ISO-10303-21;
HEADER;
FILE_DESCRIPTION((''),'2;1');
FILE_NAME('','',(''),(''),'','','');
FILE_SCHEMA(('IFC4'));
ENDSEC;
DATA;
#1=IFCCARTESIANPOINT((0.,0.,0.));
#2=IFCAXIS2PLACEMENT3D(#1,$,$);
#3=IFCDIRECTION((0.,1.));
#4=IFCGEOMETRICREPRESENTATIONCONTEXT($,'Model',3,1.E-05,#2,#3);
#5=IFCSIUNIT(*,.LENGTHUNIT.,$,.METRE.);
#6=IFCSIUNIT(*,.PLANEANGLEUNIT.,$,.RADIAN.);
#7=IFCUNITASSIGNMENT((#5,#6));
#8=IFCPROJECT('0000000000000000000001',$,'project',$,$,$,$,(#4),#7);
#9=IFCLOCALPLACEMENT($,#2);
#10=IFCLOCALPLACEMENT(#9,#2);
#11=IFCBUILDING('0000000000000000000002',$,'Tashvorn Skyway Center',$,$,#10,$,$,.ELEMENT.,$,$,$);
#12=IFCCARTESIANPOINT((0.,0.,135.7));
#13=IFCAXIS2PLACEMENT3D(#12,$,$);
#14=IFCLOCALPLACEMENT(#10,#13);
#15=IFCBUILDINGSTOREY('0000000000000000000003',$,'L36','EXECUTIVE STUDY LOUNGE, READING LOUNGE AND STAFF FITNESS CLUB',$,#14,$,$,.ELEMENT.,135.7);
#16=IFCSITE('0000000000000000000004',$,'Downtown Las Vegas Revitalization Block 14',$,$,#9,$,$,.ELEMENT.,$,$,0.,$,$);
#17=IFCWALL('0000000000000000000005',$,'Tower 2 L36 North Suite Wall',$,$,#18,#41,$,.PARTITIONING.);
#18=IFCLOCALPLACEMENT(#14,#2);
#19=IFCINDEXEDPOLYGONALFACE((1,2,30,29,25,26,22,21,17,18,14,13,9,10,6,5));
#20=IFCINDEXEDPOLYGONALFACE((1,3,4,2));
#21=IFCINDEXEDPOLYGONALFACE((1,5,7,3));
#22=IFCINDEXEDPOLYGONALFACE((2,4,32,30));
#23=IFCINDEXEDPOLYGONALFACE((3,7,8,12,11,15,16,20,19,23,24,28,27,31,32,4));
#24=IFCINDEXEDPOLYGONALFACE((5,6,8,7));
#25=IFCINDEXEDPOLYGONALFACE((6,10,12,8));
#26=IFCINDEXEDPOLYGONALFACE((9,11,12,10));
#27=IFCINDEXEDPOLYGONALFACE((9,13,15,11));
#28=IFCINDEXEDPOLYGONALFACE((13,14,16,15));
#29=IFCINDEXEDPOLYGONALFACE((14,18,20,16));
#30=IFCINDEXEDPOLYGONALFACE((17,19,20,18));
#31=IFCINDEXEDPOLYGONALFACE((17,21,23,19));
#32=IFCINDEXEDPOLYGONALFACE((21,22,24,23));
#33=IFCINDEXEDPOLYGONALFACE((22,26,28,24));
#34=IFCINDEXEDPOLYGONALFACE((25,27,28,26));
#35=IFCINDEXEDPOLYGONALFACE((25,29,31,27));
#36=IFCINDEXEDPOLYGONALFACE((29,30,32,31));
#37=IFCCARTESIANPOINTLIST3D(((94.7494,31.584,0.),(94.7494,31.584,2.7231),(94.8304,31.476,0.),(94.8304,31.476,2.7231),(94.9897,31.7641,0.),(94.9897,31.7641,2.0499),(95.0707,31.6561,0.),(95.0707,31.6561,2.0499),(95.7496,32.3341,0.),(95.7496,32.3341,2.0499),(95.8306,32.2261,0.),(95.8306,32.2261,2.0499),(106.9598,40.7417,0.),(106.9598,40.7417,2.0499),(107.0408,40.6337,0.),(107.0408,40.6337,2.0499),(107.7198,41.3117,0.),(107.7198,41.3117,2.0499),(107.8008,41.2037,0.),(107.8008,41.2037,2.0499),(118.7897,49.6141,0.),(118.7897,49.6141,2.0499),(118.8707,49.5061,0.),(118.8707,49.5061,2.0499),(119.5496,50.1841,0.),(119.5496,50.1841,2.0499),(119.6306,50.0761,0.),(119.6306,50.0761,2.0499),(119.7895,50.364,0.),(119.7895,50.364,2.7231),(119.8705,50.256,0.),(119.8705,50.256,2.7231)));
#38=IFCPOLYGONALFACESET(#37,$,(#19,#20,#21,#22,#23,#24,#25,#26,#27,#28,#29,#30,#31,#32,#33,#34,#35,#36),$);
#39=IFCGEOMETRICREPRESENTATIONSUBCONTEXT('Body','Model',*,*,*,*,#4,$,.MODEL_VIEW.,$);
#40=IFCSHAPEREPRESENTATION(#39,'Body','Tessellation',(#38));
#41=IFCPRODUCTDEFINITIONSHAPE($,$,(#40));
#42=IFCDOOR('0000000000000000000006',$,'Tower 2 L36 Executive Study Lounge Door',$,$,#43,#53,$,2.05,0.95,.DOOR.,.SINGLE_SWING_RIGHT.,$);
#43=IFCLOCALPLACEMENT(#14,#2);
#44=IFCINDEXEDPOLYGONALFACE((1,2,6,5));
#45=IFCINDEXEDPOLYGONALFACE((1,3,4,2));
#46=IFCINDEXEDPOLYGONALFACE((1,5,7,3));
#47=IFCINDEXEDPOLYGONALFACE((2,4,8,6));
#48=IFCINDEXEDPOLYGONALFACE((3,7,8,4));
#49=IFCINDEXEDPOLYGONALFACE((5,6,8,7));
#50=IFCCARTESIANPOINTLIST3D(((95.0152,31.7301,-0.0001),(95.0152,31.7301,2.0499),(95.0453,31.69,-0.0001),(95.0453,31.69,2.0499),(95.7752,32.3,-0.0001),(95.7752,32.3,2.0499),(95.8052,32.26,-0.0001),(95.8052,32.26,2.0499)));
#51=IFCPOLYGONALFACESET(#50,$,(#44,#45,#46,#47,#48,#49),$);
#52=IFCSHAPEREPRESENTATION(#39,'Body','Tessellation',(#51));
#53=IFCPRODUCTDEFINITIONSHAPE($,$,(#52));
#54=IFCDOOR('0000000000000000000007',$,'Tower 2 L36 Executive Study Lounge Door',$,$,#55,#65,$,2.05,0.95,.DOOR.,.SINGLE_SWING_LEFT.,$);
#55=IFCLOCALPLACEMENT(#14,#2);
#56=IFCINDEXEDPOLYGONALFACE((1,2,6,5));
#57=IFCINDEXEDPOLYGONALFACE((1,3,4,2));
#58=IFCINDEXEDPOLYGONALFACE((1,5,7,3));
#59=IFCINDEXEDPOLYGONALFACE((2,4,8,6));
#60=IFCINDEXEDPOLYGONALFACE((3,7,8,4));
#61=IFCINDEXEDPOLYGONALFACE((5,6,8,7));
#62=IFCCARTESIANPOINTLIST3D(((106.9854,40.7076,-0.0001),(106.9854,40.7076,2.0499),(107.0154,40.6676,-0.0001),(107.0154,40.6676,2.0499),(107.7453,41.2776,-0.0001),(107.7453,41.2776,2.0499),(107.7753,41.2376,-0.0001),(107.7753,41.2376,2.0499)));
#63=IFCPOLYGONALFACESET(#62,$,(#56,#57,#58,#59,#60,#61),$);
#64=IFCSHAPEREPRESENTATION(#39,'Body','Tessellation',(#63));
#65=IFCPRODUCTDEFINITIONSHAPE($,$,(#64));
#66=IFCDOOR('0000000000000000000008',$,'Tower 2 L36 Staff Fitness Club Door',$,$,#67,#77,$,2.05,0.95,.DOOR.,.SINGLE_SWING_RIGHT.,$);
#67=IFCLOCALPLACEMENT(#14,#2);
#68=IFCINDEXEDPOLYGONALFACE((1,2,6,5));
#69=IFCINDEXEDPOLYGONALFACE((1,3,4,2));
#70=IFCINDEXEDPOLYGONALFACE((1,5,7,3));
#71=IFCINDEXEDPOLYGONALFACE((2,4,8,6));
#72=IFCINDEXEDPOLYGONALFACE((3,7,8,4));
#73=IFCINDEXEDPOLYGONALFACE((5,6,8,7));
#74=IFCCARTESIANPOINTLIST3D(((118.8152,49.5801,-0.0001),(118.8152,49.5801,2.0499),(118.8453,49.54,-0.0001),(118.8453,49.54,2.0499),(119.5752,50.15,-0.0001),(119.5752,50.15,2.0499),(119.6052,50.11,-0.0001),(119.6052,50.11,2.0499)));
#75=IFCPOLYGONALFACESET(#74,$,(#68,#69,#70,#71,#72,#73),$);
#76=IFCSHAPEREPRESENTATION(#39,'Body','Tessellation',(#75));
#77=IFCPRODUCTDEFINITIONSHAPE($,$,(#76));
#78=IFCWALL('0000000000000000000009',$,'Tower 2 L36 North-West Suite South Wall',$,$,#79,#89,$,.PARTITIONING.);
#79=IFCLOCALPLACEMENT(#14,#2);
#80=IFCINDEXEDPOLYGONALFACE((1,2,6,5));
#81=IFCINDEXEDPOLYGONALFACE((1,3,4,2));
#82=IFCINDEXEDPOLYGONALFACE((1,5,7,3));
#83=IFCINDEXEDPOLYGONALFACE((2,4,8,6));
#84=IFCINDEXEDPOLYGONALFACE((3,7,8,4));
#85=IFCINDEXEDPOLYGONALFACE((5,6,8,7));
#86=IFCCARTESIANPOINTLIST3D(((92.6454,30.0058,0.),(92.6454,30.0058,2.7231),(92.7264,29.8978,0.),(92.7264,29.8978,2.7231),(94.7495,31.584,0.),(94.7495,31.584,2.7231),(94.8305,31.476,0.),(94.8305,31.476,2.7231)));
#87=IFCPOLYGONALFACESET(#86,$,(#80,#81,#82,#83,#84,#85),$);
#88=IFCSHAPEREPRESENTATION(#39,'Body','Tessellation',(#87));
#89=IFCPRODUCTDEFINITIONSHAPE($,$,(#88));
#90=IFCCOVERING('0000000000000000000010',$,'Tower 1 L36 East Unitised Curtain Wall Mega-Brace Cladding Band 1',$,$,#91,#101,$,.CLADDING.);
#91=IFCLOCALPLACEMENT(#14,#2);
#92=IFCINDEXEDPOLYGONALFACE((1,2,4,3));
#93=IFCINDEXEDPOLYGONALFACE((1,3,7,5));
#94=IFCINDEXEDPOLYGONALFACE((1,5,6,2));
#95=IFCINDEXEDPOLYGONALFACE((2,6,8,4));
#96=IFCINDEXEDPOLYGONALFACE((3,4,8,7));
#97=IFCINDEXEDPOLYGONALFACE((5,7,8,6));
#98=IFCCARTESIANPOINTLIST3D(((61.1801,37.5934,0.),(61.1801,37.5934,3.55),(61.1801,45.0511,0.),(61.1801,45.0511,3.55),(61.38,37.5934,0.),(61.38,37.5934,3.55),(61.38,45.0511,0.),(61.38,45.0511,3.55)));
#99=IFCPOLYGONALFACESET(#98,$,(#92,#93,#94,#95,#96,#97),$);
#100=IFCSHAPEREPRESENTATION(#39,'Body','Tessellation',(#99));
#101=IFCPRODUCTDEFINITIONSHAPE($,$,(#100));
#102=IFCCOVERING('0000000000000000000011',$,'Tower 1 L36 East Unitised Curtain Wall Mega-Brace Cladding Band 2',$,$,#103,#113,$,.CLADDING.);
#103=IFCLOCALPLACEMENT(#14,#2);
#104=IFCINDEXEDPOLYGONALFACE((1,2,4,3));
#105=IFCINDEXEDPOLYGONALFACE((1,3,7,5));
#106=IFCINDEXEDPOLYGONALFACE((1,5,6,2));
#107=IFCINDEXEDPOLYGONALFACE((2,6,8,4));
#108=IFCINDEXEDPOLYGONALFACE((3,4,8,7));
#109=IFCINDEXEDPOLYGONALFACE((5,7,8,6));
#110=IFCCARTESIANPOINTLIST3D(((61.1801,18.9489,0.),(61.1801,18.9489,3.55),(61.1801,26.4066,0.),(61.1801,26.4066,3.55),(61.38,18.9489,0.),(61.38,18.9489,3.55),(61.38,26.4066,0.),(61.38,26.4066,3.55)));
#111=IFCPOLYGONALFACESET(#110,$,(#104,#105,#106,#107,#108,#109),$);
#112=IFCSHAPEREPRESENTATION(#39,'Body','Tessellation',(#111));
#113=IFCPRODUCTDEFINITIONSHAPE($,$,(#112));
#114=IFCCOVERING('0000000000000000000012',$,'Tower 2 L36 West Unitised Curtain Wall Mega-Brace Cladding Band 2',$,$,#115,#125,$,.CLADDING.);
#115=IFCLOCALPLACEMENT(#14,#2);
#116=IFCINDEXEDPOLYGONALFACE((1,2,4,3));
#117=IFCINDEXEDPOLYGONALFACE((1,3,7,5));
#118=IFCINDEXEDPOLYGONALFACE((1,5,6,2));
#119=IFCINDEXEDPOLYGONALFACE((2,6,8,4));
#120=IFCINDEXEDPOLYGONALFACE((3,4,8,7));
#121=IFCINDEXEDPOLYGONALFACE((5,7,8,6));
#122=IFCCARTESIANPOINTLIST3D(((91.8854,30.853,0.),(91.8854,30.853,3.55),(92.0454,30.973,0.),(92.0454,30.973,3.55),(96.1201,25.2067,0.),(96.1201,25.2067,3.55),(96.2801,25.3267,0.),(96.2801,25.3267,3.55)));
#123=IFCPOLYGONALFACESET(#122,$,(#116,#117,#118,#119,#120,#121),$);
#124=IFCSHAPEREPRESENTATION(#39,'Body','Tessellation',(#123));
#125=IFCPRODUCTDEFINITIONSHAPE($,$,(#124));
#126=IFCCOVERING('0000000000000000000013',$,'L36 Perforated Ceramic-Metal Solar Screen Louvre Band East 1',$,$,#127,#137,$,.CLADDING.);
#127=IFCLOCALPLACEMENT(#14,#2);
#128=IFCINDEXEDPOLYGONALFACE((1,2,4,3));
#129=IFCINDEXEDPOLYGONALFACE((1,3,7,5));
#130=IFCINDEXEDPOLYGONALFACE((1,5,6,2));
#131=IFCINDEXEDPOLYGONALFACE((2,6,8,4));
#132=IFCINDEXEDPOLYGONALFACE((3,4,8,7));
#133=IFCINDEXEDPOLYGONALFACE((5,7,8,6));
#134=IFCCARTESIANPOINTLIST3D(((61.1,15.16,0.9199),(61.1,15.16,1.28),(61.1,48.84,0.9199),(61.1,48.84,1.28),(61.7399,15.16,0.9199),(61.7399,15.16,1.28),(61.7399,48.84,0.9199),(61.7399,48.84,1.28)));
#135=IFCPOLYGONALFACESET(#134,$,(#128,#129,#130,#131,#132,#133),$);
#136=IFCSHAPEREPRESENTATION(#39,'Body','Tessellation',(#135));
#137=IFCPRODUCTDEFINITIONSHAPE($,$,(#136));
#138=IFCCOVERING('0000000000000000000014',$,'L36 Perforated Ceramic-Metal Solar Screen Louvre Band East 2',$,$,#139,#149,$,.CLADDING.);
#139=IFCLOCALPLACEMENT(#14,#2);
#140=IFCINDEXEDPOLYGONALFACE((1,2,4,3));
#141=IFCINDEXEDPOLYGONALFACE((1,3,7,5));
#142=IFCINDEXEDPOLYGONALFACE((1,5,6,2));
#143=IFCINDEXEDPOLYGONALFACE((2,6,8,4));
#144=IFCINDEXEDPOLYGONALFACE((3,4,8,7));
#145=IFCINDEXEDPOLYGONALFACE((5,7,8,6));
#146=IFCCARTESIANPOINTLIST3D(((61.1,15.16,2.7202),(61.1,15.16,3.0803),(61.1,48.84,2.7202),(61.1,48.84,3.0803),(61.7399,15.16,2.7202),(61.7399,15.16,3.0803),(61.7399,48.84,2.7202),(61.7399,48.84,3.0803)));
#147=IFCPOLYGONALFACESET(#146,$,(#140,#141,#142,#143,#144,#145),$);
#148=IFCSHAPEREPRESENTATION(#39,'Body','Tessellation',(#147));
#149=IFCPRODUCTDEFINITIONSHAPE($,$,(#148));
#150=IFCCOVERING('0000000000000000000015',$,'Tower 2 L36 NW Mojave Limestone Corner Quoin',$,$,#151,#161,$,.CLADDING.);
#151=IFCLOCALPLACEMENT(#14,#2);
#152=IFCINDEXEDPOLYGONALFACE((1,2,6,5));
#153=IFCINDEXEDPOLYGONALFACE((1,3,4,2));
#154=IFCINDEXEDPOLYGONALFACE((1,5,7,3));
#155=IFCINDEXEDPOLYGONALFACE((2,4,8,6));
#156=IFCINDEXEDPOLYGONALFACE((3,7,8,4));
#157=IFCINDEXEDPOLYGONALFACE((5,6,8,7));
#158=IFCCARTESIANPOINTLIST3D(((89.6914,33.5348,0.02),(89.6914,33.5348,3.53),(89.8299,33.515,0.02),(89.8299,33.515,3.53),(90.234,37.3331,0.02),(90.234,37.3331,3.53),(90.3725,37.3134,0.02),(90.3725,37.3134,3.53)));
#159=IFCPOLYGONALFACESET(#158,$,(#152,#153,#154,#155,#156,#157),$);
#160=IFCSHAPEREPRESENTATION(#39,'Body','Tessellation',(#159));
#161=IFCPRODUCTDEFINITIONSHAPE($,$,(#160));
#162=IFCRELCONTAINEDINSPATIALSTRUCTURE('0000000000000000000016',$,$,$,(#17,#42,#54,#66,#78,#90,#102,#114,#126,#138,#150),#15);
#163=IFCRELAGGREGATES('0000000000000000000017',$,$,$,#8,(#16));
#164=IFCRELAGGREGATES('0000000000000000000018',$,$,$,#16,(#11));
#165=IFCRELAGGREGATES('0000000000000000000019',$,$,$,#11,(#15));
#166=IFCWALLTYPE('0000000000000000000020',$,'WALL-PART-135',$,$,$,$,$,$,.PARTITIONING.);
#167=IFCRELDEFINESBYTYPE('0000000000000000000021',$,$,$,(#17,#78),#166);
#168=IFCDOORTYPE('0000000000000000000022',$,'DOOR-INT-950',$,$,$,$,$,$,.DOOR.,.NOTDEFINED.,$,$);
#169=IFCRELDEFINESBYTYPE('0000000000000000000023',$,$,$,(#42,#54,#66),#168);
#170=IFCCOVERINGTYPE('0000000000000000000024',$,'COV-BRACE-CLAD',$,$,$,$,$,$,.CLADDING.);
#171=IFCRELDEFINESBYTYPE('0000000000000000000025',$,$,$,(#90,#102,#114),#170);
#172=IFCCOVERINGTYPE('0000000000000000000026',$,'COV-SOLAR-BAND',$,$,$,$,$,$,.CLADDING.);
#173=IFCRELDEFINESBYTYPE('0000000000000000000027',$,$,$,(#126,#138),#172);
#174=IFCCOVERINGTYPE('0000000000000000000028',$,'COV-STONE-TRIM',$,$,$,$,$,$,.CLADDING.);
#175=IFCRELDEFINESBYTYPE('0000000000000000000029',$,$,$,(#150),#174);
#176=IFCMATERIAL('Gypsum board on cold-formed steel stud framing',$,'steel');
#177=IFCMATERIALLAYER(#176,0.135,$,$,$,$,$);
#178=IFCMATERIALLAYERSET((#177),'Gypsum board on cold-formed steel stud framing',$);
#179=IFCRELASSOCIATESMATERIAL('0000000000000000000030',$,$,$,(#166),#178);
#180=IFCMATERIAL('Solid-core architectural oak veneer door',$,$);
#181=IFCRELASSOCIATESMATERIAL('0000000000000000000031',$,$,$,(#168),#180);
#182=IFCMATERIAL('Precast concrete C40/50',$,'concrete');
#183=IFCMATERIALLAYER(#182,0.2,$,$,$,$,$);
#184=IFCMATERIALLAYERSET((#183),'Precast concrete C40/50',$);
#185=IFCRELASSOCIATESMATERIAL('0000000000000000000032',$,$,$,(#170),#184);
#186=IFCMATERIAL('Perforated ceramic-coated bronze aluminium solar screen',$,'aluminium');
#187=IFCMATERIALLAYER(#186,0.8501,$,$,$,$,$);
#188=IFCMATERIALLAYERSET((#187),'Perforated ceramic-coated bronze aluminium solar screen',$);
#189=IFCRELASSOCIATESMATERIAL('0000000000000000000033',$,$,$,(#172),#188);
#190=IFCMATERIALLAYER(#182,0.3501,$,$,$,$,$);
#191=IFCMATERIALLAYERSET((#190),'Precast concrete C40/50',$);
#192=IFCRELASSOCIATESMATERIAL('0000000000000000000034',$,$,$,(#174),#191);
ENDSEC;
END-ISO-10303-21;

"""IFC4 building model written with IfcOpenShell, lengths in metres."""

from ifc_helpers import new_model, si_unit, direction, frame, frame_2d, origin, origin_2d, place, context, subcontext, project, spatial, rectangle, extrude, material, layer, layer_set, type_object, element, fill, save


model = new_model("IFC4")

# Units and contexts
model_context = context("Model", 3, precision=1e-05, world=origin(), true_north=direction((0.0, 1.0)))
body_context = subcontext(model_context, "Body", "Model", "MODEL_VIEW")
ifc_project = project(units=[si_unit("LENGTHUNIT", "METRE"), si_unit("PLANEANGLEUNIT", "RADIAN")], contexts=[model_context])

# Site, building, storey
site_placement = place(None, origin())
site = spatial("IfcSite", under=ifc_project, at=site_placement, Name="Downtown Las Vegas Revitalization Block 14", CompositionType="ELEMENT", RefElevation=0.0)
building_placement = place(site_placement, origin())
building = spatial("IfcBuilding", under=site, at=building_placement, Name="Tashvorn Skyway Center", CompositionType="ELEMENT")
storey_placement = place(building_placement, frame((0.0, 0.0, 135.7)))
storey = spatial("IfcBuildingStorey", under=building, at=storey_placement, Name="L36", Description="EXECUTIVE STUDY LOUNGE, READING LOUNGE AND STAFF FITNESS CLUB", CompositionType="ELEMENT", Elevation=135.7)

# Shared definitions
ifc_material_1 = material(Name="Precast concrete C40/50", Category="concrete")

# Shared definitions
ifc_material_2 = material(Name="Gypsum board on cold-formed steel stud framing", Category="steel")
ifc_layer_1 = layer(ifc_material_2, 0.135)
ifc_layer_set_1 = layer_set([ifc_layer_1], Name="Gypsum board on cold-formed steel stud framing")
wall_type_1 = type_object("IfcWallType", Name="WALL-PART-135", PredefinedType="PARTITIONING", material=ifc_layer_set_1)
ifc_material_3 = material(Name="Solid-core architectural oak veneer door")
door_type = type_object("IfcDoorType", Name="DOOR-INT-950", OperationType="NOTDEFINED", PredefinedType="DOOR", material=ifc_material_3)

# Wall, openings, doors
wall_1_placement = place(storey_placement, frame((94.79, 31.53, 0.0), z_axis=(0.0, 0.0, 1.0), x_axis=(0.8, 0.6, 0.0)))
wall_1 = element("IfcWall", 1, at=wall_1_placement, inside=storey, type_object=wall_type_1, Name="Tower 2 L36 North Suite Wall", PredefinedType="PARTITIONING", context=body_context, shape_type="SweptSolid", body=[
    extrude(rectangle(XDim=31.3, YDim=0.135, at=frame_2d((15.6499, 0.0))), origin(), (0.0, 0.0, 1.0), 2.7231),
])
opening_1_placement = place(wall_1_placement, frame((0.3, 0.0, 0.0)))
opening_1 = element("IfcOpeningElement", 2, at=opening_1_placement, cuts=wall_1, PredefinedType="OPENING", context=body_context, shape_type="SweptSolid", body=[
    extrude(rectangle(XDim=0.95, YDim=2.05, at=frame_2d((0.4751, 1.0249))), frame((0.0, 0.0774, 0.0), z_axis=(0.0, -1.0, 0.0), x_axis=(1.0, 0.0, 0.0)), (0.0, 0.0, 1.0), 0.155),
])
opening_2_placement = place(wall_1_placement, frame((15.2627, 0.0, 0.0)))
opening_2 = element("IfcOpeningElement", 3, at=opening_2_placement, cuts=wall_1, PredefinedType="OPENING", context=body_context, shape_type="SweptSolid", body=[
    extrude(rectangle(XDim=0.95, YDim=2.05, at=frame_2d((0.4751, 1.0249))), frame((0.0, 0.0774, 0.0), z_axis=(0.0, -1.0, 0.0), x_axis=(1.0, 0.0, 0.0)), (0.0, 0.0, 1.0), 0.155),
])
opening_3_placement = place(wall_1_placement, frame((30.05, 0.0, 0.0)))
opening_3 = element("IfcOpeningElement", 4, at=opening_3_placement, cuts=wall_1, PredefinedType="OPENING", context=body_context, shape_type="SweptSolid", body=[
    extrude(rectangle(XDim=0.95, YDim=2.05, at=frame_2d((0.4751, 1.0249))), frame((0.0, 0.0774, 0.0), z_axis=(0.0, -1.0, 0.0), x_axis=(1.0, 0.0, 0.0)), (0.0, 0.0, 1.0), 0.155),
])
door_1_placement = place(opening_1_placement, origin())
door_1 = element("IfcDoor", 5, at=door_1_placement, inside=storey, type_object=door_type, Name="Tower 2 L36 Executive Study Lounge Door", OperationType="SINGLE_SWING_RIGHT", OverallHeight=2.05, OverallWidth=0.95, PredefinedType="DOOR", context=body_context, shape_type="SweptSolid", body=[
    extrude(rectangle(XDim=0.95, YDim=2.05, at=frame_2d((0.4751, 1.0249))), frame((0.0, 0.0249, 0.0), z_axis=(0.0, -1.0, 0.0), x_axis=(1.0, 0.0, 0.0)), (0.0, 0.0, 1.0), 0.05),
])
fill(opening_1, door_1)
door_2_placement = place(opening_2_placement, origin())
door_2 = element("IfcDoor", 6, at=door_2_placement, inside=storey, type_object=door_type, Name="Tower 2 L36 Executive Study Lounge Door", OperationType="SINGLE_SWING_LEFT", OverallHeight=2.05, OverallWidth=0.95, PredefinedType="DOOR", context=body_context, shape_type="SweptSolid", body=[
    extrude(rectangle(XDim=0.95, YDim=2.05, at=frame_2d((0.4751, 1.0249))), frame((0.0, 0.0249, 0.0), z_axis=(0.0, -1.0, 0.0), x_axis=(1.0, 0.0, 0.0)), (0.0, 0.0, 1.0), 0.05),
])
fill(opening_2, door_2)
door_3_placement = place(opening_3_placement, origin())
door_3 = element("IfcDoor", 7, at=door_3_placement, inside=storey, type_object=door_type, Name="Tower 2 L36 Staff Fitness Club Door", OperationType="SINGLE_SWING_RIGHT", OverallHeight=2.05, OverallWidth=0.95, PredefinedType="DOOR", context=body_context, shape_type="SweptSolid", body=[
    extrude(rectangle(XDim=0.95, YDim=2.05, at=frame_2d((0.4751, 1.0249))), frame((0.0, 0.0249, 0.0), z_axis=(0.0, -1.0, 0.0), x_axis=(1.0, 0.0, 0.0)), (0.0, 0.0, 1.0), 0.05),
])
fill(opening_3, door_3)

# Wall
wall_2_placement = place(storey_placement, frame((92.686, 29.9519, 0.0), z_axis=(0.0, 0.0, 1.0), x_axis=(0.799978, 0.60003, 0.0)))
element("IfcWall", 8, at=wall_2_placement, inside=storey, type_object=wall_type_1, Name="Tower 2 L36 North-West Suite South Wall", PredefinedType="PARTITIONING", context=body_context, shape_type="SweptSolid", body=[
    extrude(rectangle(XDim=2.6301, YDim=0.135, at=frame_2d((1.3149, 0.0))), origin(), (0.0, 0.0, 1.0), 2.7231),
])

# Coverings
ifc_layer_2 = layer(ifc_material_1, 0.2)
ifc_layer_set_2 = layer_set([ifc_layer_2], Name="Precast concrete C40/50")
covering_type_1 = type_object("IfcCoveringType", Name="COV-BRACE-CLAD", PredefinedType="CLADDING", material=ifc_layer_set_2)
for number, where, z_axis, x_axis, name in (
    (9, (61.28, 41.3223, 0.0), (0.0, 0.0, 1.0), (0.0, -1.0, 0.0), "Tower 1 L36 East Unitised Curtain Wall Mega-Brace Cladding Band 1"),
    (10, (61.28, 22.6777, 0.0), (0.0, 0.0, 1.0), (0.0, -1.0, 0.0), "Tower 1 L36 East Unitised Curtain Wall Mega-Brace Cladding Band 2"),
):
    element("IfcCovering", number, at=place(storey_placement, frame(where, z_axis=z_axis, x_axis=x_axis)), inside=storey, type_object=covering_type_1, Name=name, PredefinedType="CLADDING", context=body_context, shape_type="SweptSolid", body=[
        extrude(rectangle(XDim=7.4578, YDim=0.2, at=origin_2d()), origin(), (0.0, 0.0, 1.0), 3.55),
    ])
covering_1_placement = place(storey_placement, frame((94.0828, 28.0898, 0.0), z_axis=(0.0, 0.0, 1.0), x_axis=(-0.6, 0.8, 0.0)))
element("IfcCovering", 11, at=covering_1_placement, inside=storey, type_object=covering_type_1, Name="Tower 2 L36 West Unitised Curtain Wall Mega-Brace Cladding Band 2", PredefinedType="CLADDING", context=body_context, shape_type="SweptSolid", body=[
    extrude(rectangle(XDim=7.0579, YDim=0.2, at=origin_2d()), origin(), (0.0, 0.0, 1.0), 3.55),
])
ifc_material_4 = material(Name="Perforated ceramic-coated bronze aluminium solar screen", Category="aluminium")
ifc_layer_3 = layer(ifc_material_4, 0.8501)
ifc_layer_set_3 = layer_set([ifc_layer_3], Name="Perforated ceramic-coated bronze aluminium solar screen")
covering_type_2 = type_object("IfcCoveringType", Name="COV-SOLAR-BAND", PredefinedType="CLADDING", material=ifc_layer_set_3)
for number, where, z_axis, x_axis, name in (
    (12, (61.4199, 32.0, 0.9199), (0.0, 0.0, 1.0), (0.0, -1.0, 0.0), "L36 Perforated Ceramic-Metal Solar Screen Louvre Band East 1"),
    (13, (61.4199, 32.0, 2.7202), (0.0, 0.0, 1.0), (0.0, -1.0, 0.0), "L36 Perforated Ceramic-Metal Solar Screen Louvre Band East 2"),
):
    element("IfcCovering", number, at=place(storey_placement, frame(where, z_axis=z_axis, x_axis=x_axis)), inside=storey, type_object=covering_type_2, Name=name, PredefinedType="CLADDING", context=body_context, shape_type="SweptSolid", body=[
        extrude(rectangle(XDim=33.6799, YDim=0.6399, at=origin_2d()), origin(), (0.0, 0.0, 1.0), 0.3601),
    ])
ifc_layer_4 = layer(ifc_material_1, 0.3501)
ifc_layer_set_4 = layer_set([ifc_layer_4], Name="Precast concrete C40/50")
covering_type_3 = type_object("IfcCoveringType", Name="COV-STONE-TRIM", PredefinedType="CLADDING", material=ifc_layer_set_4)
covering_2_placement = place(storey_placement, frame((90.032, 35.4241, 0.02), z_axis=(0.0, 0.0, 1.0), x_axis=(-0.141421, -0.989949, 0.0)))
element("IfcCovering", 14, at=covering_2_placement, inside=storey, type_object=covering_type_3, Name="Tower 2 L36 NW Mojave Limestone Corner Quoin", PredefinedType="CLADDING", context=body_context, shape_type="SweptSolid", body=[
    extrude(rectangle(XDim=3.8369, YDim=0.1399, at=origin_2d()), origin(), (0.0, 0.0, 1.0), 3.51),
])

save(model, "model.ifc")
